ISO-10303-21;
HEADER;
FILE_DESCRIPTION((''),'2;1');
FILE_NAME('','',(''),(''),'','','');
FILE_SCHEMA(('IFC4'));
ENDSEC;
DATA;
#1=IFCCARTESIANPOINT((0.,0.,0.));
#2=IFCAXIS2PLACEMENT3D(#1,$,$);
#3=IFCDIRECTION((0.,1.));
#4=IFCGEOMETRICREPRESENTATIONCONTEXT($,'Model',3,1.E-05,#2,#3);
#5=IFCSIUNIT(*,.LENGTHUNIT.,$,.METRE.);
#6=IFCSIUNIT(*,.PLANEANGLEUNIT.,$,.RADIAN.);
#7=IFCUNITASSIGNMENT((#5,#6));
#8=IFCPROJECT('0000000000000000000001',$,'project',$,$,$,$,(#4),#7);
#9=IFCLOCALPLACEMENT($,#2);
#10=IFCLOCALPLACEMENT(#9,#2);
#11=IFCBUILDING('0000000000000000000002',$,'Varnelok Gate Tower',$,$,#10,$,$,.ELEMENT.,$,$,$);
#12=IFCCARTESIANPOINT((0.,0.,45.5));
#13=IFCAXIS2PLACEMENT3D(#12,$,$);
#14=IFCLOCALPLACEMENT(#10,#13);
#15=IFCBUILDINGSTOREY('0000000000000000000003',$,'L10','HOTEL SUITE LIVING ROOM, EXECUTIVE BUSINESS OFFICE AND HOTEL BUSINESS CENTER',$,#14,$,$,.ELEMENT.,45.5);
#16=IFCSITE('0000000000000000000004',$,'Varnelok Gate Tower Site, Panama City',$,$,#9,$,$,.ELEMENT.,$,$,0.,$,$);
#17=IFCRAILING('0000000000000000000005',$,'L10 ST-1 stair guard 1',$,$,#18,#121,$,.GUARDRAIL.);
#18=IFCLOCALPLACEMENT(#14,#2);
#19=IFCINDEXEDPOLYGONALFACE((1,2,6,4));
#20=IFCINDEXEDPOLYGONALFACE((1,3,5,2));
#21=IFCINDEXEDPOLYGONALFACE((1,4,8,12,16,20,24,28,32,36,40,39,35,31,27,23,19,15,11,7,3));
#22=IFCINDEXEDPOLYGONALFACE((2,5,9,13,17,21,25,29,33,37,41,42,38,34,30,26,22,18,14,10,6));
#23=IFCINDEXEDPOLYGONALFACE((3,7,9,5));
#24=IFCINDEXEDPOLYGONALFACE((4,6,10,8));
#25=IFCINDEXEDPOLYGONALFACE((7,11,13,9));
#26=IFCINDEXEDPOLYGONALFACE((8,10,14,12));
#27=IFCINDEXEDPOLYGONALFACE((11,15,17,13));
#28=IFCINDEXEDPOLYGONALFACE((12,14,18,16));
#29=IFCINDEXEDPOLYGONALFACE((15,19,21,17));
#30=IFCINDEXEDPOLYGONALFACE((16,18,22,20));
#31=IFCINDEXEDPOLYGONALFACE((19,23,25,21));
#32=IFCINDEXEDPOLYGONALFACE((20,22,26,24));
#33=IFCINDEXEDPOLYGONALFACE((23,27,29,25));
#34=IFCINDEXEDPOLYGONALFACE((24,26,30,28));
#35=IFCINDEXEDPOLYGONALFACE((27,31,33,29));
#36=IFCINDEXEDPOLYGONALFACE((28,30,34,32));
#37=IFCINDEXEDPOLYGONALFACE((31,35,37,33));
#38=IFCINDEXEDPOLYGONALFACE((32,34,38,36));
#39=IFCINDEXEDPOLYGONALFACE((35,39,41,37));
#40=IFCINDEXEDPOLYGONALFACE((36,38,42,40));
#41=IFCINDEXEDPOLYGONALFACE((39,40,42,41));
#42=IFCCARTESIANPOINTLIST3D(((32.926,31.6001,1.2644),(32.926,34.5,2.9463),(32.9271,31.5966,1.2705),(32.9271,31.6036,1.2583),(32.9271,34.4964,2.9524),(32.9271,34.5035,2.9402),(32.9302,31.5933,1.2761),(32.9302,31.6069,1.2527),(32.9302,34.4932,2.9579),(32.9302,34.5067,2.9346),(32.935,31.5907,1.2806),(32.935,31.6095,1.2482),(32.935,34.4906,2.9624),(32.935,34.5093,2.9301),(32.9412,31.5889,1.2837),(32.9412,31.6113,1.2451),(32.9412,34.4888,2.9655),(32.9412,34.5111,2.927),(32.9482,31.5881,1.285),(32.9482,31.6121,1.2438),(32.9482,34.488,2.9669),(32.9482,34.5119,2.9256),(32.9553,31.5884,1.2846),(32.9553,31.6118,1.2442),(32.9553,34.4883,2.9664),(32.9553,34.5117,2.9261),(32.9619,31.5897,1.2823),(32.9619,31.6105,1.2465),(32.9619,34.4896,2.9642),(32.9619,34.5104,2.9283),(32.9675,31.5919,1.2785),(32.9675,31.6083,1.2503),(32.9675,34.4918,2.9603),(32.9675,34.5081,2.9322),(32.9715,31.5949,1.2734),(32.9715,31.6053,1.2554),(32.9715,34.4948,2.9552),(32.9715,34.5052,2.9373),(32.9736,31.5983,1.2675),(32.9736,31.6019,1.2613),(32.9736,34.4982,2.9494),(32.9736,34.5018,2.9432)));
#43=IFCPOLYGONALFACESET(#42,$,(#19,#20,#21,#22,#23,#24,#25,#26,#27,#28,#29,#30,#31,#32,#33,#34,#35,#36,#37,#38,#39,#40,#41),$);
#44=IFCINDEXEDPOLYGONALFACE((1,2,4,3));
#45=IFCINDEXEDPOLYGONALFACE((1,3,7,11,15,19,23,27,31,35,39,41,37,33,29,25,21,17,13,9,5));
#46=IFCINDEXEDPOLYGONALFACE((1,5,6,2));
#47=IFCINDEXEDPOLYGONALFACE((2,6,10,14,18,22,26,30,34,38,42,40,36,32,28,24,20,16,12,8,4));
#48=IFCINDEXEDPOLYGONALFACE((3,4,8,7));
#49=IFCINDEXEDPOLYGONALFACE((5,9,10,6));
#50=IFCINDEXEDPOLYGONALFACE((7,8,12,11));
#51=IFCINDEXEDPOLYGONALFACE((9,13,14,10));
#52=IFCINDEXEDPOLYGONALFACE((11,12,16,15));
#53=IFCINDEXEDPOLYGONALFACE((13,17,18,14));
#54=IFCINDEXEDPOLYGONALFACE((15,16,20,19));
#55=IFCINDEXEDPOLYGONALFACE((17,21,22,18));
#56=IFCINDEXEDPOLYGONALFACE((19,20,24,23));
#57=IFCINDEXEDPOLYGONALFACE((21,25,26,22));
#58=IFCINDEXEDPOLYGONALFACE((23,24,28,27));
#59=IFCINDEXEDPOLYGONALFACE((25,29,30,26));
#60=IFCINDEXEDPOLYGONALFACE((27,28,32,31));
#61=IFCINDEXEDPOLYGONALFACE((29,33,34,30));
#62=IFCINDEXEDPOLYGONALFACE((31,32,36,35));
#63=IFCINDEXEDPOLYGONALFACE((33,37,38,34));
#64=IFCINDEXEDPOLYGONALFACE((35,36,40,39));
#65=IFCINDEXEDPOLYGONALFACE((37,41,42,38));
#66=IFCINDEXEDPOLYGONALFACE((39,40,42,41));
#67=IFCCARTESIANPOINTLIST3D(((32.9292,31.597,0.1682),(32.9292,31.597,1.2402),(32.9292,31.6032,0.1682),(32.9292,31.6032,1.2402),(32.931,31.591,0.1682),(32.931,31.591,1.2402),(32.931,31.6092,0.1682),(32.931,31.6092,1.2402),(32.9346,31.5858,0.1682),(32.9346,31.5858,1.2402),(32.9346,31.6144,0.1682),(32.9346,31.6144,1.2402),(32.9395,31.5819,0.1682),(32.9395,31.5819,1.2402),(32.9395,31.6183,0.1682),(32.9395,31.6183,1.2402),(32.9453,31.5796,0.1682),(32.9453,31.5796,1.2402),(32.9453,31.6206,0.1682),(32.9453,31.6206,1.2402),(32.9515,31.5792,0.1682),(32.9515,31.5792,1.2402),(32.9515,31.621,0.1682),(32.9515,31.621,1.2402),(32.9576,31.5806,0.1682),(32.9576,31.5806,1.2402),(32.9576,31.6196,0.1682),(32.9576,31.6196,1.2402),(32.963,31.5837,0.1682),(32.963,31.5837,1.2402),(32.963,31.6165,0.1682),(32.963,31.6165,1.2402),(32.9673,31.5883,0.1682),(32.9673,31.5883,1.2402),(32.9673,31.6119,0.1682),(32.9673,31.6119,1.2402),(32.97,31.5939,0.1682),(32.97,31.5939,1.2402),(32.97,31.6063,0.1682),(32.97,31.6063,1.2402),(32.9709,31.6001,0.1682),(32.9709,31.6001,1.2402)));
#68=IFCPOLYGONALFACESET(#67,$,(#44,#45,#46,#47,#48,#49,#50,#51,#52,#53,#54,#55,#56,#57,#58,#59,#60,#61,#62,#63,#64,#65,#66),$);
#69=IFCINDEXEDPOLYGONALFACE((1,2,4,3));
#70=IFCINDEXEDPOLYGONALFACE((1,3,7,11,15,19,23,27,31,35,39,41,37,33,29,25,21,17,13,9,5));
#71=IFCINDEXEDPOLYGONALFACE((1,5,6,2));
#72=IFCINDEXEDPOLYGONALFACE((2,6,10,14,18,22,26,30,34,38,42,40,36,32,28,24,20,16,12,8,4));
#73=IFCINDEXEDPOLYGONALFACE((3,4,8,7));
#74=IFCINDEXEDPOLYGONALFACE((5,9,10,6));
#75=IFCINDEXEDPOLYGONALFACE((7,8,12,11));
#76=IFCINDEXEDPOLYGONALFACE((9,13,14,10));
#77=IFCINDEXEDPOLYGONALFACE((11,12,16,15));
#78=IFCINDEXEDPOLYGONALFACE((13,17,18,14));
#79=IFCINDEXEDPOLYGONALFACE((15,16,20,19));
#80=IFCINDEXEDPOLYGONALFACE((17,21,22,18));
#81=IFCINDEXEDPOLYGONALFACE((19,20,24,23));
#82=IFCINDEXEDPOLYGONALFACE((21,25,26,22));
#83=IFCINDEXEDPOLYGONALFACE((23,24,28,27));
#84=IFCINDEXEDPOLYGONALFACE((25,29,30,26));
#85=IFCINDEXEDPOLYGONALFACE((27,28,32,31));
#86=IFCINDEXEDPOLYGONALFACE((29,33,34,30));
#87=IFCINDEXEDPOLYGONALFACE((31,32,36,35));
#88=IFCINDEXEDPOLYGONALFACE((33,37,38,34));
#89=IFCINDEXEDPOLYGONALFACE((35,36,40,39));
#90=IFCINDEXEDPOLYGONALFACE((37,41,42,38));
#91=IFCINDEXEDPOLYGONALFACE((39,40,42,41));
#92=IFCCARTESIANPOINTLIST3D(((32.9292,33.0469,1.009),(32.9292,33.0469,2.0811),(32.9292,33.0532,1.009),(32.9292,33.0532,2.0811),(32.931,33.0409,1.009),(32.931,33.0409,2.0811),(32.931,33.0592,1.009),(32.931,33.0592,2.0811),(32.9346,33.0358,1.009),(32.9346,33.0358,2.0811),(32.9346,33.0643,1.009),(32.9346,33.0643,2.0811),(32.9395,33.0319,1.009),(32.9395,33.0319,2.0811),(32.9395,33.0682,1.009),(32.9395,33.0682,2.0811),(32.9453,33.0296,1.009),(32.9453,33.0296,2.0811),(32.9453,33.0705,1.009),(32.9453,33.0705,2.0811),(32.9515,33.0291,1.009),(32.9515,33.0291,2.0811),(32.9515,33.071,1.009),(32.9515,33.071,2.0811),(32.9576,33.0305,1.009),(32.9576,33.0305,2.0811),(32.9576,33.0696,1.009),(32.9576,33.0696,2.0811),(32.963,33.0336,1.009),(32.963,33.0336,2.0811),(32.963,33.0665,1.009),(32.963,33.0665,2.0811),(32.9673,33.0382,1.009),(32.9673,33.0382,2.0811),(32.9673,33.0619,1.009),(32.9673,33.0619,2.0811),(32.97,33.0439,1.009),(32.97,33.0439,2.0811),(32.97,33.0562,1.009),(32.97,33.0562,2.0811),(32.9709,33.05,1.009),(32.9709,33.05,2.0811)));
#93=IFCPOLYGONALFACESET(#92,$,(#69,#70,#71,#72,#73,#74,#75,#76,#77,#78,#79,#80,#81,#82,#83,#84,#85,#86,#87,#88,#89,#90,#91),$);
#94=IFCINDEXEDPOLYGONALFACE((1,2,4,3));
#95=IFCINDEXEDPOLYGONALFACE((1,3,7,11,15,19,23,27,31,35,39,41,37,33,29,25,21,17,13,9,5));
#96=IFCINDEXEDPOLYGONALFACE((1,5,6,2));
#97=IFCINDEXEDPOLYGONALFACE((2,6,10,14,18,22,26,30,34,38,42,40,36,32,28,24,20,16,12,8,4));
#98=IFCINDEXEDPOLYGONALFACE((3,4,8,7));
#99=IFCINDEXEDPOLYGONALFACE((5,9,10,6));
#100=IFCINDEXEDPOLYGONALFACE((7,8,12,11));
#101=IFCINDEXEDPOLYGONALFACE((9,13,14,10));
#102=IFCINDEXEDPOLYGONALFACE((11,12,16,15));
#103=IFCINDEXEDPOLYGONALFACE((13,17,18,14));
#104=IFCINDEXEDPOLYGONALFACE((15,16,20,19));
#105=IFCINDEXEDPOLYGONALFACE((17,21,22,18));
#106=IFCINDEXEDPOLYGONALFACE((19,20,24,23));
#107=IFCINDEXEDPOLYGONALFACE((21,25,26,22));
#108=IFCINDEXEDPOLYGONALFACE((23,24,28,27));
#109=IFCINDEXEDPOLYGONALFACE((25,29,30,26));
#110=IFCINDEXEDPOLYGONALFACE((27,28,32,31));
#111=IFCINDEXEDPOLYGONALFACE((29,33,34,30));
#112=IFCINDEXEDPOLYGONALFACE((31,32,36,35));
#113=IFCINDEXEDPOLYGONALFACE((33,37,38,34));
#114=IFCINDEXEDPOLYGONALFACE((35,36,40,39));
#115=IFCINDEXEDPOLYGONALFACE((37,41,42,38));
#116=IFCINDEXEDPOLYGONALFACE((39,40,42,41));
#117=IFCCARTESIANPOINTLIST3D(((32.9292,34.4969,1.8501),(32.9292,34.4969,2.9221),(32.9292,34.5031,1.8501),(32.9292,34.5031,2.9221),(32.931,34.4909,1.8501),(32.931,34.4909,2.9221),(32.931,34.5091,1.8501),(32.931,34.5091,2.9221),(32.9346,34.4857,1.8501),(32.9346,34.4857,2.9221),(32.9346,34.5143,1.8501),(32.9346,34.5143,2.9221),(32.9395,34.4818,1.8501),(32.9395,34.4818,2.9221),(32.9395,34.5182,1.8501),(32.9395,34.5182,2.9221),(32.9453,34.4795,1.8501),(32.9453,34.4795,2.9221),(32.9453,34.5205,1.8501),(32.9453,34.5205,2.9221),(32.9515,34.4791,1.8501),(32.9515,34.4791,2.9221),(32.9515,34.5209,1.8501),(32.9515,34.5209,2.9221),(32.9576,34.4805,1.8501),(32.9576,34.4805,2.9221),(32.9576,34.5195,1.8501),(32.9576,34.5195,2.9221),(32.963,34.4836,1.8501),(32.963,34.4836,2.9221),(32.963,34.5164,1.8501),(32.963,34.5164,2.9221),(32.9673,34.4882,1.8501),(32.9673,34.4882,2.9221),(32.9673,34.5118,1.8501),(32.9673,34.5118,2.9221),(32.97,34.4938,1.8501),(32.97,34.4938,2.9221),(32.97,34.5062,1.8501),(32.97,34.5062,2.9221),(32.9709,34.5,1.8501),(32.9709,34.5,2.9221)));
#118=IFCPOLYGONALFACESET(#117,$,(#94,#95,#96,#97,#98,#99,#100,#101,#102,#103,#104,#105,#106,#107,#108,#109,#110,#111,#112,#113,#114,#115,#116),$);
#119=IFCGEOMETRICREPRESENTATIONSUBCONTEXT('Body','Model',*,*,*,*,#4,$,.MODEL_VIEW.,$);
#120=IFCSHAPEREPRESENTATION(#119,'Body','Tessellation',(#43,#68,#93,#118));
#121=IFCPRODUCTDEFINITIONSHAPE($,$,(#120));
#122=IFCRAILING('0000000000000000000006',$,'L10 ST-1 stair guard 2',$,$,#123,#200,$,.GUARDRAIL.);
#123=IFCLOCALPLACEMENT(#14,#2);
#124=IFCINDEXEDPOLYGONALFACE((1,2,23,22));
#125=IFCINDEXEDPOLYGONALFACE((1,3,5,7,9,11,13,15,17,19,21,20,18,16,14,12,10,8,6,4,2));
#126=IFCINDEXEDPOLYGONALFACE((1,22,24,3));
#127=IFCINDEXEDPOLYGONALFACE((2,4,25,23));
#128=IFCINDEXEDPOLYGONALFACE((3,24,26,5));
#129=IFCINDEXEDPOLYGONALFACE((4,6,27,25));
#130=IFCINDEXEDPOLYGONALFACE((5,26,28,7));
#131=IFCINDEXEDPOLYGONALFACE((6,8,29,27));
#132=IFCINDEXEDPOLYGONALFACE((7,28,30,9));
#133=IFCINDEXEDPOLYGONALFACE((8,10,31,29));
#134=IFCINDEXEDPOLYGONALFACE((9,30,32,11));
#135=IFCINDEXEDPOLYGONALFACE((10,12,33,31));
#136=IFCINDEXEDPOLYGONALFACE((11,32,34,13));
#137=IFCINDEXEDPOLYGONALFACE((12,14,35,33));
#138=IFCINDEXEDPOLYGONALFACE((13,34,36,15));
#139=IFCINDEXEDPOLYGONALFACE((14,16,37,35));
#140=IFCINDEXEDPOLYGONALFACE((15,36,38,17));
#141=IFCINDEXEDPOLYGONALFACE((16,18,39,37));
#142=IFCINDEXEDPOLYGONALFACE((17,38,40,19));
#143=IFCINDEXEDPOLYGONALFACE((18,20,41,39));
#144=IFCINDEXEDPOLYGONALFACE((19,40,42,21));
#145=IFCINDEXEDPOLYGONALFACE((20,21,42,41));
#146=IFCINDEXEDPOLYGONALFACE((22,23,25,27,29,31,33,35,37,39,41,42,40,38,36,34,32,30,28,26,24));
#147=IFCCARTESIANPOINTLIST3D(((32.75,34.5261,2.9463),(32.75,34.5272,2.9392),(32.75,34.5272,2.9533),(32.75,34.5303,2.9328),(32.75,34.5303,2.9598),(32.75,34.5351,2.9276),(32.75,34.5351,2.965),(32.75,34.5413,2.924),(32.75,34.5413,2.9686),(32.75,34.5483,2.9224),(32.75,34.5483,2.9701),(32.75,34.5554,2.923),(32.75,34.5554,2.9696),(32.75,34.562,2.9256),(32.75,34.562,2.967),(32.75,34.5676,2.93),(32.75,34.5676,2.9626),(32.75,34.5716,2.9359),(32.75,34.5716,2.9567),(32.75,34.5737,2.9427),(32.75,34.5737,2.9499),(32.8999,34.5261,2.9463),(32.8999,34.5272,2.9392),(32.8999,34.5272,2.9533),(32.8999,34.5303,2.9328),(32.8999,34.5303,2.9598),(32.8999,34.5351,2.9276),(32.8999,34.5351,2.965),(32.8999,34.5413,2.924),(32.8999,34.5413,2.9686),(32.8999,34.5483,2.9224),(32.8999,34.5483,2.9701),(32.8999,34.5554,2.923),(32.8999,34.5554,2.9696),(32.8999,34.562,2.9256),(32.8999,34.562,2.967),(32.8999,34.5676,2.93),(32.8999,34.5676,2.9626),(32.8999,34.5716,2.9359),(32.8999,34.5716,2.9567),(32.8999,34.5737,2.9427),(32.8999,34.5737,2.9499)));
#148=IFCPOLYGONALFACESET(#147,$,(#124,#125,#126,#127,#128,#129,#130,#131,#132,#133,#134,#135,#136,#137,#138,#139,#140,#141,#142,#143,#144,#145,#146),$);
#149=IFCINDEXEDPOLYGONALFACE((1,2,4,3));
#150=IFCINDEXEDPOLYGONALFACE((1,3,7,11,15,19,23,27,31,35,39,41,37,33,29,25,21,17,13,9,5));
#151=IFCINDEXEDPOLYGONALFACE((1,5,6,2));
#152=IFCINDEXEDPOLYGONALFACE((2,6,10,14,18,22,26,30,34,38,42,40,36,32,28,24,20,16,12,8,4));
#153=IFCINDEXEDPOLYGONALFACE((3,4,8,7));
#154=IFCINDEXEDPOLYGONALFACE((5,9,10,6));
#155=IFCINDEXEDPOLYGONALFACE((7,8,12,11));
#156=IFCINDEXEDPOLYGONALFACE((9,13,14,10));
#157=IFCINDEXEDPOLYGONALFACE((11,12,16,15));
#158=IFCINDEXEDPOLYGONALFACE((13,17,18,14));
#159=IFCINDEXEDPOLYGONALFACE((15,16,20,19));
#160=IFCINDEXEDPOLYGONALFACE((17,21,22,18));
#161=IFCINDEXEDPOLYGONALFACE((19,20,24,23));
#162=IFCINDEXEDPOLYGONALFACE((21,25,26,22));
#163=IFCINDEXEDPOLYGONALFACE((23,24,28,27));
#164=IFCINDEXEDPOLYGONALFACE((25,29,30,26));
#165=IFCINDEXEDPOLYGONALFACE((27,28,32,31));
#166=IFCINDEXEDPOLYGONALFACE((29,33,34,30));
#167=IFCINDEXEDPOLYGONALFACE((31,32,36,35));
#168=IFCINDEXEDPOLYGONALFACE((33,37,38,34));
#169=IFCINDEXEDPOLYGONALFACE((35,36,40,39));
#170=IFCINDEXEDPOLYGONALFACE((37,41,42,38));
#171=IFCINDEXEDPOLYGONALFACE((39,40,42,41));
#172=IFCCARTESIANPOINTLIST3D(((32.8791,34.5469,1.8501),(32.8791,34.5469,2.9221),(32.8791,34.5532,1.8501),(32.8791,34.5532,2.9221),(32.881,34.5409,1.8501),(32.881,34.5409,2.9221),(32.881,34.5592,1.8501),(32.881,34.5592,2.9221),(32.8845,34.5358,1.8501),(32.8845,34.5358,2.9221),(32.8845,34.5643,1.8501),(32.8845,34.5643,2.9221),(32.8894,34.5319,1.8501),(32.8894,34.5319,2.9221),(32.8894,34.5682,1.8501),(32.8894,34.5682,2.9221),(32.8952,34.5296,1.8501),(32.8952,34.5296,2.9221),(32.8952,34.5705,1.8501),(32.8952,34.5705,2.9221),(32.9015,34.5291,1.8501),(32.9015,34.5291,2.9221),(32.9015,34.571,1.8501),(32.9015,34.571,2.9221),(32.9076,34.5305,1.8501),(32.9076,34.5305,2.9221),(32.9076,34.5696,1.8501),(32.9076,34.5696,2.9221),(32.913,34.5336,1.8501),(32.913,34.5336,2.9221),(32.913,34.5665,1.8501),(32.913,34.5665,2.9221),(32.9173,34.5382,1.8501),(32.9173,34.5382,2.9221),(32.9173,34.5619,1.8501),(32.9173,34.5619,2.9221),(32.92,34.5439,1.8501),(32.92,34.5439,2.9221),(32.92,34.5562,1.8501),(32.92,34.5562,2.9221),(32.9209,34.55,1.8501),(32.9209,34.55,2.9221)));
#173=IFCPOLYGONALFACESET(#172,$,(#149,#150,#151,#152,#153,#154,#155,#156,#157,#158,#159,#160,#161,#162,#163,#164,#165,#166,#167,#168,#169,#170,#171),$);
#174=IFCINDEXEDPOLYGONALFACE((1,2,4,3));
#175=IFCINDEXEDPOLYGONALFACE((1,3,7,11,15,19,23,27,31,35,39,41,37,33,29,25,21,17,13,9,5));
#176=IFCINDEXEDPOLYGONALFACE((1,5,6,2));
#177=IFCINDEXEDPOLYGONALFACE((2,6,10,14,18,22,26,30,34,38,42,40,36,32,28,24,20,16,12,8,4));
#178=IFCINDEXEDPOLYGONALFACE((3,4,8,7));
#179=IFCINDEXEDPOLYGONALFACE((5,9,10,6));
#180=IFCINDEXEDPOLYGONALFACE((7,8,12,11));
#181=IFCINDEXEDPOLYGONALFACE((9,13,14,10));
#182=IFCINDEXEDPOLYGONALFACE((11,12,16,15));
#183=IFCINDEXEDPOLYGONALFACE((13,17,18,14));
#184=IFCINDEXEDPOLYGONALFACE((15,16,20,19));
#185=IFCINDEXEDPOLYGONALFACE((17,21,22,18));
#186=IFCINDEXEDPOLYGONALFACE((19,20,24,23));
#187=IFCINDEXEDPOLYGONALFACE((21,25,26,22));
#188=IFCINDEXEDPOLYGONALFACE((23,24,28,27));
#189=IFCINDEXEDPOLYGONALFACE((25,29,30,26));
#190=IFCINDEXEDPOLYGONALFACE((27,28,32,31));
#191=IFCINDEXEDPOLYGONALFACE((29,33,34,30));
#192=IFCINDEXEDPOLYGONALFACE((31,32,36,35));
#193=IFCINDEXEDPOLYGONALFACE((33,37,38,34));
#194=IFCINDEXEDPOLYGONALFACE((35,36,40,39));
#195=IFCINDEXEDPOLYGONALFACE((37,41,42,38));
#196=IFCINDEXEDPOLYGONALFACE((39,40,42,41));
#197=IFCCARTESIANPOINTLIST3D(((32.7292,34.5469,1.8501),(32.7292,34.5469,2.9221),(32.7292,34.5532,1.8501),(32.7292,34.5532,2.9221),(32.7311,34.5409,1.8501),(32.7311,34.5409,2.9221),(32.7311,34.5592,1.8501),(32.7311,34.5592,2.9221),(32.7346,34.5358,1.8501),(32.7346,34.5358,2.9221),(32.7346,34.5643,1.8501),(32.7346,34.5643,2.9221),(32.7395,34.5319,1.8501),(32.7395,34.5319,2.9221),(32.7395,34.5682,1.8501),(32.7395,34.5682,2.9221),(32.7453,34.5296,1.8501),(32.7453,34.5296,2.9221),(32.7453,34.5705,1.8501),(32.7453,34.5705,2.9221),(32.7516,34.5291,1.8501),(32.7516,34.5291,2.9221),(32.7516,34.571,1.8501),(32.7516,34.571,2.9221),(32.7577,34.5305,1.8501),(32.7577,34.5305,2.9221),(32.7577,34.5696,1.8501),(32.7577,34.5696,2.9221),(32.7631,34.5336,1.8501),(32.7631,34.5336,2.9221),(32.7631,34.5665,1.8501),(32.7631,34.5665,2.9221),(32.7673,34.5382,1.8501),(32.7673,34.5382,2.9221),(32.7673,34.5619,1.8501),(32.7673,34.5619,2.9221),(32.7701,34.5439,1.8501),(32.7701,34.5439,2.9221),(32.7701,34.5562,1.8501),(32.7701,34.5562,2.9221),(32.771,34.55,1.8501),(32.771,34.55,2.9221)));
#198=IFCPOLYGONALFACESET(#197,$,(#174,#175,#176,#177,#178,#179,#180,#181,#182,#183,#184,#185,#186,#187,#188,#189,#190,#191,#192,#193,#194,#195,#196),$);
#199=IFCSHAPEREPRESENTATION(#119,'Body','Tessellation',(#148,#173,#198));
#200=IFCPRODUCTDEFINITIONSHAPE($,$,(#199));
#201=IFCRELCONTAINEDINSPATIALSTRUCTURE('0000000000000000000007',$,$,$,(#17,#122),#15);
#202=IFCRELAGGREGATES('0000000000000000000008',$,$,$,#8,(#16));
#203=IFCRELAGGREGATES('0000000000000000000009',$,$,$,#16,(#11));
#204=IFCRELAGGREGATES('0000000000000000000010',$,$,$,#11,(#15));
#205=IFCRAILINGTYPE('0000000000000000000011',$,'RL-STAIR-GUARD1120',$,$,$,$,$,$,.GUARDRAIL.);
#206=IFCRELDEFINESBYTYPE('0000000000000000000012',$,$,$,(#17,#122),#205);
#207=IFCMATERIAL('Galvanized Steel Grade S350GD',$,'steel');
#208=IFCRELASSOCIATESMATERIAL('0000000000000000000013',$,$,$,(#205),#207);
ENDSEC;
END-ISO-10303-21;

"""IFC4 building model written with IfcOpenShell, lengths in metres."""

from ifc_helpers import new_model, si_unit, direction, frame, origin, origin_2d, place, context, subcontext, project, spatial, circle, extrude, material, type_object, element, save


model = new_model("IFC4")

# Units and contexts
model_context = context("Model", 3, precision=1e-05, world=origin(), true_north=direction((0.0, 1.0)))
body_context = subcontext(model_context, "Body", "Model", "MODEL_VIEW")
ifc_project = project(units=[si_unit("LENGTHUNIT", "METRE"), si_unit("PLANEANGLEUNIT", "RADIAN")], contexts=[model_context])

# Site, building, storey
site_placement = place(None, origin())
site = spatial("IfcSite", under=ifc_project, at=site_placement, Name="Varnelok Gate Tower Site, Panama City", CompositionType="ELEMENT", RefElevation=0.0)
building_placement = place(site_placement, origin())
building = spatial("IfcBuilding", under=site, at=building_placement, Name="Varnelok Gate Tower", CompositionType="ELEMENT")
storey_placement = place(building_placement, frame((0.0, 0.0, 45.5)))
storey = spatial("IfcBuildingStorey", under=building, at=storey_placement, Name="L10", Description="HOTEL SUITE LIVING ROOM, EXECUTIVE BUSINESS OFFICE AND HOTEL BUSINESS CENTER", CompositionType="ELEMENT", Elevation=45.5)

# Shared definitions
ifc_material_1 = material(Name="Galvanized Steel Grade S350GD", Category="steel")

# Railings
railing_type_1 = type_object("IfcRailingType", Name="RL-STAIR-GUARD1120", PredefinedType="GUARDRAIL", material=ifc_material_1)
railing_1_placement = place(storey_placement, frame((32.95, 31.6001, 0.1682)))
element("IfcRailing", 1, at=railing_1_placement, inside=storey, type_object=railing_type_1, Name="L10 ST-1 stair guard 1", PredefinedType="GUARDRAIL", context=body_context, shape_type="SweptSolid", body=[
    extrude(circle(Radius=0.0239, at=origin_2d()), frame((0.0, 0.0, 1.0962), z_axis=(0.0, 0.865039, 0.501705), x_axis=(-1.0, 0.0, 0.0)), (0.0, 0.0, 1.0), 3.3523),
    extrude(circle(Radius=0.021, at=origin_2d()), origin(), (0.0, 0.0, 1.0), 1.072),
    extrude(circle(Radius=0.021, at=origin_2d()), frame((0.0, 1.45, 0.8408)), (0.0, 0.0, 1.0), 1.072),
    extrude(circle(Radius=0.021, at=origin_2d()), frame((0.0, 2.8999, 1.6819)), (0.0, 0.0, 1.0), 1.072),
])
railing_2_placement = place(storey_placement, frame((32.8999, 34.55, 1.8501)))
element("IfcRailing", 2, at=railing_2_placement, inside=storey, type_object=railing_type_1, Name="L10 ST-1 stair guard 2", PredefinedType="GUARDRAIL", context=body_context, shape_type="SweptSolid", body=[
    extrude(circle(Radius=0.0239, at=origin_2d()), frame((0.0, 0.0, 1.0962), z_axis=(-1.0, 0.0, 0.0), x_axis=(0.0, -1.0, 0.0)), (0.0, 0.0, 1.0), 0.1499),
    extrude(circle(Radius=0.021, at=origin_2d()), origin(), (0.0, 0.0, 1.0), 1.072),
    extrude(circle(Radius=0.021, at=origin_2d()), frame((-0.1499, 0.0, 0.0)), (0.0, 0.0, 1.0), 1.072),
])

save(model, "model.ifc")
